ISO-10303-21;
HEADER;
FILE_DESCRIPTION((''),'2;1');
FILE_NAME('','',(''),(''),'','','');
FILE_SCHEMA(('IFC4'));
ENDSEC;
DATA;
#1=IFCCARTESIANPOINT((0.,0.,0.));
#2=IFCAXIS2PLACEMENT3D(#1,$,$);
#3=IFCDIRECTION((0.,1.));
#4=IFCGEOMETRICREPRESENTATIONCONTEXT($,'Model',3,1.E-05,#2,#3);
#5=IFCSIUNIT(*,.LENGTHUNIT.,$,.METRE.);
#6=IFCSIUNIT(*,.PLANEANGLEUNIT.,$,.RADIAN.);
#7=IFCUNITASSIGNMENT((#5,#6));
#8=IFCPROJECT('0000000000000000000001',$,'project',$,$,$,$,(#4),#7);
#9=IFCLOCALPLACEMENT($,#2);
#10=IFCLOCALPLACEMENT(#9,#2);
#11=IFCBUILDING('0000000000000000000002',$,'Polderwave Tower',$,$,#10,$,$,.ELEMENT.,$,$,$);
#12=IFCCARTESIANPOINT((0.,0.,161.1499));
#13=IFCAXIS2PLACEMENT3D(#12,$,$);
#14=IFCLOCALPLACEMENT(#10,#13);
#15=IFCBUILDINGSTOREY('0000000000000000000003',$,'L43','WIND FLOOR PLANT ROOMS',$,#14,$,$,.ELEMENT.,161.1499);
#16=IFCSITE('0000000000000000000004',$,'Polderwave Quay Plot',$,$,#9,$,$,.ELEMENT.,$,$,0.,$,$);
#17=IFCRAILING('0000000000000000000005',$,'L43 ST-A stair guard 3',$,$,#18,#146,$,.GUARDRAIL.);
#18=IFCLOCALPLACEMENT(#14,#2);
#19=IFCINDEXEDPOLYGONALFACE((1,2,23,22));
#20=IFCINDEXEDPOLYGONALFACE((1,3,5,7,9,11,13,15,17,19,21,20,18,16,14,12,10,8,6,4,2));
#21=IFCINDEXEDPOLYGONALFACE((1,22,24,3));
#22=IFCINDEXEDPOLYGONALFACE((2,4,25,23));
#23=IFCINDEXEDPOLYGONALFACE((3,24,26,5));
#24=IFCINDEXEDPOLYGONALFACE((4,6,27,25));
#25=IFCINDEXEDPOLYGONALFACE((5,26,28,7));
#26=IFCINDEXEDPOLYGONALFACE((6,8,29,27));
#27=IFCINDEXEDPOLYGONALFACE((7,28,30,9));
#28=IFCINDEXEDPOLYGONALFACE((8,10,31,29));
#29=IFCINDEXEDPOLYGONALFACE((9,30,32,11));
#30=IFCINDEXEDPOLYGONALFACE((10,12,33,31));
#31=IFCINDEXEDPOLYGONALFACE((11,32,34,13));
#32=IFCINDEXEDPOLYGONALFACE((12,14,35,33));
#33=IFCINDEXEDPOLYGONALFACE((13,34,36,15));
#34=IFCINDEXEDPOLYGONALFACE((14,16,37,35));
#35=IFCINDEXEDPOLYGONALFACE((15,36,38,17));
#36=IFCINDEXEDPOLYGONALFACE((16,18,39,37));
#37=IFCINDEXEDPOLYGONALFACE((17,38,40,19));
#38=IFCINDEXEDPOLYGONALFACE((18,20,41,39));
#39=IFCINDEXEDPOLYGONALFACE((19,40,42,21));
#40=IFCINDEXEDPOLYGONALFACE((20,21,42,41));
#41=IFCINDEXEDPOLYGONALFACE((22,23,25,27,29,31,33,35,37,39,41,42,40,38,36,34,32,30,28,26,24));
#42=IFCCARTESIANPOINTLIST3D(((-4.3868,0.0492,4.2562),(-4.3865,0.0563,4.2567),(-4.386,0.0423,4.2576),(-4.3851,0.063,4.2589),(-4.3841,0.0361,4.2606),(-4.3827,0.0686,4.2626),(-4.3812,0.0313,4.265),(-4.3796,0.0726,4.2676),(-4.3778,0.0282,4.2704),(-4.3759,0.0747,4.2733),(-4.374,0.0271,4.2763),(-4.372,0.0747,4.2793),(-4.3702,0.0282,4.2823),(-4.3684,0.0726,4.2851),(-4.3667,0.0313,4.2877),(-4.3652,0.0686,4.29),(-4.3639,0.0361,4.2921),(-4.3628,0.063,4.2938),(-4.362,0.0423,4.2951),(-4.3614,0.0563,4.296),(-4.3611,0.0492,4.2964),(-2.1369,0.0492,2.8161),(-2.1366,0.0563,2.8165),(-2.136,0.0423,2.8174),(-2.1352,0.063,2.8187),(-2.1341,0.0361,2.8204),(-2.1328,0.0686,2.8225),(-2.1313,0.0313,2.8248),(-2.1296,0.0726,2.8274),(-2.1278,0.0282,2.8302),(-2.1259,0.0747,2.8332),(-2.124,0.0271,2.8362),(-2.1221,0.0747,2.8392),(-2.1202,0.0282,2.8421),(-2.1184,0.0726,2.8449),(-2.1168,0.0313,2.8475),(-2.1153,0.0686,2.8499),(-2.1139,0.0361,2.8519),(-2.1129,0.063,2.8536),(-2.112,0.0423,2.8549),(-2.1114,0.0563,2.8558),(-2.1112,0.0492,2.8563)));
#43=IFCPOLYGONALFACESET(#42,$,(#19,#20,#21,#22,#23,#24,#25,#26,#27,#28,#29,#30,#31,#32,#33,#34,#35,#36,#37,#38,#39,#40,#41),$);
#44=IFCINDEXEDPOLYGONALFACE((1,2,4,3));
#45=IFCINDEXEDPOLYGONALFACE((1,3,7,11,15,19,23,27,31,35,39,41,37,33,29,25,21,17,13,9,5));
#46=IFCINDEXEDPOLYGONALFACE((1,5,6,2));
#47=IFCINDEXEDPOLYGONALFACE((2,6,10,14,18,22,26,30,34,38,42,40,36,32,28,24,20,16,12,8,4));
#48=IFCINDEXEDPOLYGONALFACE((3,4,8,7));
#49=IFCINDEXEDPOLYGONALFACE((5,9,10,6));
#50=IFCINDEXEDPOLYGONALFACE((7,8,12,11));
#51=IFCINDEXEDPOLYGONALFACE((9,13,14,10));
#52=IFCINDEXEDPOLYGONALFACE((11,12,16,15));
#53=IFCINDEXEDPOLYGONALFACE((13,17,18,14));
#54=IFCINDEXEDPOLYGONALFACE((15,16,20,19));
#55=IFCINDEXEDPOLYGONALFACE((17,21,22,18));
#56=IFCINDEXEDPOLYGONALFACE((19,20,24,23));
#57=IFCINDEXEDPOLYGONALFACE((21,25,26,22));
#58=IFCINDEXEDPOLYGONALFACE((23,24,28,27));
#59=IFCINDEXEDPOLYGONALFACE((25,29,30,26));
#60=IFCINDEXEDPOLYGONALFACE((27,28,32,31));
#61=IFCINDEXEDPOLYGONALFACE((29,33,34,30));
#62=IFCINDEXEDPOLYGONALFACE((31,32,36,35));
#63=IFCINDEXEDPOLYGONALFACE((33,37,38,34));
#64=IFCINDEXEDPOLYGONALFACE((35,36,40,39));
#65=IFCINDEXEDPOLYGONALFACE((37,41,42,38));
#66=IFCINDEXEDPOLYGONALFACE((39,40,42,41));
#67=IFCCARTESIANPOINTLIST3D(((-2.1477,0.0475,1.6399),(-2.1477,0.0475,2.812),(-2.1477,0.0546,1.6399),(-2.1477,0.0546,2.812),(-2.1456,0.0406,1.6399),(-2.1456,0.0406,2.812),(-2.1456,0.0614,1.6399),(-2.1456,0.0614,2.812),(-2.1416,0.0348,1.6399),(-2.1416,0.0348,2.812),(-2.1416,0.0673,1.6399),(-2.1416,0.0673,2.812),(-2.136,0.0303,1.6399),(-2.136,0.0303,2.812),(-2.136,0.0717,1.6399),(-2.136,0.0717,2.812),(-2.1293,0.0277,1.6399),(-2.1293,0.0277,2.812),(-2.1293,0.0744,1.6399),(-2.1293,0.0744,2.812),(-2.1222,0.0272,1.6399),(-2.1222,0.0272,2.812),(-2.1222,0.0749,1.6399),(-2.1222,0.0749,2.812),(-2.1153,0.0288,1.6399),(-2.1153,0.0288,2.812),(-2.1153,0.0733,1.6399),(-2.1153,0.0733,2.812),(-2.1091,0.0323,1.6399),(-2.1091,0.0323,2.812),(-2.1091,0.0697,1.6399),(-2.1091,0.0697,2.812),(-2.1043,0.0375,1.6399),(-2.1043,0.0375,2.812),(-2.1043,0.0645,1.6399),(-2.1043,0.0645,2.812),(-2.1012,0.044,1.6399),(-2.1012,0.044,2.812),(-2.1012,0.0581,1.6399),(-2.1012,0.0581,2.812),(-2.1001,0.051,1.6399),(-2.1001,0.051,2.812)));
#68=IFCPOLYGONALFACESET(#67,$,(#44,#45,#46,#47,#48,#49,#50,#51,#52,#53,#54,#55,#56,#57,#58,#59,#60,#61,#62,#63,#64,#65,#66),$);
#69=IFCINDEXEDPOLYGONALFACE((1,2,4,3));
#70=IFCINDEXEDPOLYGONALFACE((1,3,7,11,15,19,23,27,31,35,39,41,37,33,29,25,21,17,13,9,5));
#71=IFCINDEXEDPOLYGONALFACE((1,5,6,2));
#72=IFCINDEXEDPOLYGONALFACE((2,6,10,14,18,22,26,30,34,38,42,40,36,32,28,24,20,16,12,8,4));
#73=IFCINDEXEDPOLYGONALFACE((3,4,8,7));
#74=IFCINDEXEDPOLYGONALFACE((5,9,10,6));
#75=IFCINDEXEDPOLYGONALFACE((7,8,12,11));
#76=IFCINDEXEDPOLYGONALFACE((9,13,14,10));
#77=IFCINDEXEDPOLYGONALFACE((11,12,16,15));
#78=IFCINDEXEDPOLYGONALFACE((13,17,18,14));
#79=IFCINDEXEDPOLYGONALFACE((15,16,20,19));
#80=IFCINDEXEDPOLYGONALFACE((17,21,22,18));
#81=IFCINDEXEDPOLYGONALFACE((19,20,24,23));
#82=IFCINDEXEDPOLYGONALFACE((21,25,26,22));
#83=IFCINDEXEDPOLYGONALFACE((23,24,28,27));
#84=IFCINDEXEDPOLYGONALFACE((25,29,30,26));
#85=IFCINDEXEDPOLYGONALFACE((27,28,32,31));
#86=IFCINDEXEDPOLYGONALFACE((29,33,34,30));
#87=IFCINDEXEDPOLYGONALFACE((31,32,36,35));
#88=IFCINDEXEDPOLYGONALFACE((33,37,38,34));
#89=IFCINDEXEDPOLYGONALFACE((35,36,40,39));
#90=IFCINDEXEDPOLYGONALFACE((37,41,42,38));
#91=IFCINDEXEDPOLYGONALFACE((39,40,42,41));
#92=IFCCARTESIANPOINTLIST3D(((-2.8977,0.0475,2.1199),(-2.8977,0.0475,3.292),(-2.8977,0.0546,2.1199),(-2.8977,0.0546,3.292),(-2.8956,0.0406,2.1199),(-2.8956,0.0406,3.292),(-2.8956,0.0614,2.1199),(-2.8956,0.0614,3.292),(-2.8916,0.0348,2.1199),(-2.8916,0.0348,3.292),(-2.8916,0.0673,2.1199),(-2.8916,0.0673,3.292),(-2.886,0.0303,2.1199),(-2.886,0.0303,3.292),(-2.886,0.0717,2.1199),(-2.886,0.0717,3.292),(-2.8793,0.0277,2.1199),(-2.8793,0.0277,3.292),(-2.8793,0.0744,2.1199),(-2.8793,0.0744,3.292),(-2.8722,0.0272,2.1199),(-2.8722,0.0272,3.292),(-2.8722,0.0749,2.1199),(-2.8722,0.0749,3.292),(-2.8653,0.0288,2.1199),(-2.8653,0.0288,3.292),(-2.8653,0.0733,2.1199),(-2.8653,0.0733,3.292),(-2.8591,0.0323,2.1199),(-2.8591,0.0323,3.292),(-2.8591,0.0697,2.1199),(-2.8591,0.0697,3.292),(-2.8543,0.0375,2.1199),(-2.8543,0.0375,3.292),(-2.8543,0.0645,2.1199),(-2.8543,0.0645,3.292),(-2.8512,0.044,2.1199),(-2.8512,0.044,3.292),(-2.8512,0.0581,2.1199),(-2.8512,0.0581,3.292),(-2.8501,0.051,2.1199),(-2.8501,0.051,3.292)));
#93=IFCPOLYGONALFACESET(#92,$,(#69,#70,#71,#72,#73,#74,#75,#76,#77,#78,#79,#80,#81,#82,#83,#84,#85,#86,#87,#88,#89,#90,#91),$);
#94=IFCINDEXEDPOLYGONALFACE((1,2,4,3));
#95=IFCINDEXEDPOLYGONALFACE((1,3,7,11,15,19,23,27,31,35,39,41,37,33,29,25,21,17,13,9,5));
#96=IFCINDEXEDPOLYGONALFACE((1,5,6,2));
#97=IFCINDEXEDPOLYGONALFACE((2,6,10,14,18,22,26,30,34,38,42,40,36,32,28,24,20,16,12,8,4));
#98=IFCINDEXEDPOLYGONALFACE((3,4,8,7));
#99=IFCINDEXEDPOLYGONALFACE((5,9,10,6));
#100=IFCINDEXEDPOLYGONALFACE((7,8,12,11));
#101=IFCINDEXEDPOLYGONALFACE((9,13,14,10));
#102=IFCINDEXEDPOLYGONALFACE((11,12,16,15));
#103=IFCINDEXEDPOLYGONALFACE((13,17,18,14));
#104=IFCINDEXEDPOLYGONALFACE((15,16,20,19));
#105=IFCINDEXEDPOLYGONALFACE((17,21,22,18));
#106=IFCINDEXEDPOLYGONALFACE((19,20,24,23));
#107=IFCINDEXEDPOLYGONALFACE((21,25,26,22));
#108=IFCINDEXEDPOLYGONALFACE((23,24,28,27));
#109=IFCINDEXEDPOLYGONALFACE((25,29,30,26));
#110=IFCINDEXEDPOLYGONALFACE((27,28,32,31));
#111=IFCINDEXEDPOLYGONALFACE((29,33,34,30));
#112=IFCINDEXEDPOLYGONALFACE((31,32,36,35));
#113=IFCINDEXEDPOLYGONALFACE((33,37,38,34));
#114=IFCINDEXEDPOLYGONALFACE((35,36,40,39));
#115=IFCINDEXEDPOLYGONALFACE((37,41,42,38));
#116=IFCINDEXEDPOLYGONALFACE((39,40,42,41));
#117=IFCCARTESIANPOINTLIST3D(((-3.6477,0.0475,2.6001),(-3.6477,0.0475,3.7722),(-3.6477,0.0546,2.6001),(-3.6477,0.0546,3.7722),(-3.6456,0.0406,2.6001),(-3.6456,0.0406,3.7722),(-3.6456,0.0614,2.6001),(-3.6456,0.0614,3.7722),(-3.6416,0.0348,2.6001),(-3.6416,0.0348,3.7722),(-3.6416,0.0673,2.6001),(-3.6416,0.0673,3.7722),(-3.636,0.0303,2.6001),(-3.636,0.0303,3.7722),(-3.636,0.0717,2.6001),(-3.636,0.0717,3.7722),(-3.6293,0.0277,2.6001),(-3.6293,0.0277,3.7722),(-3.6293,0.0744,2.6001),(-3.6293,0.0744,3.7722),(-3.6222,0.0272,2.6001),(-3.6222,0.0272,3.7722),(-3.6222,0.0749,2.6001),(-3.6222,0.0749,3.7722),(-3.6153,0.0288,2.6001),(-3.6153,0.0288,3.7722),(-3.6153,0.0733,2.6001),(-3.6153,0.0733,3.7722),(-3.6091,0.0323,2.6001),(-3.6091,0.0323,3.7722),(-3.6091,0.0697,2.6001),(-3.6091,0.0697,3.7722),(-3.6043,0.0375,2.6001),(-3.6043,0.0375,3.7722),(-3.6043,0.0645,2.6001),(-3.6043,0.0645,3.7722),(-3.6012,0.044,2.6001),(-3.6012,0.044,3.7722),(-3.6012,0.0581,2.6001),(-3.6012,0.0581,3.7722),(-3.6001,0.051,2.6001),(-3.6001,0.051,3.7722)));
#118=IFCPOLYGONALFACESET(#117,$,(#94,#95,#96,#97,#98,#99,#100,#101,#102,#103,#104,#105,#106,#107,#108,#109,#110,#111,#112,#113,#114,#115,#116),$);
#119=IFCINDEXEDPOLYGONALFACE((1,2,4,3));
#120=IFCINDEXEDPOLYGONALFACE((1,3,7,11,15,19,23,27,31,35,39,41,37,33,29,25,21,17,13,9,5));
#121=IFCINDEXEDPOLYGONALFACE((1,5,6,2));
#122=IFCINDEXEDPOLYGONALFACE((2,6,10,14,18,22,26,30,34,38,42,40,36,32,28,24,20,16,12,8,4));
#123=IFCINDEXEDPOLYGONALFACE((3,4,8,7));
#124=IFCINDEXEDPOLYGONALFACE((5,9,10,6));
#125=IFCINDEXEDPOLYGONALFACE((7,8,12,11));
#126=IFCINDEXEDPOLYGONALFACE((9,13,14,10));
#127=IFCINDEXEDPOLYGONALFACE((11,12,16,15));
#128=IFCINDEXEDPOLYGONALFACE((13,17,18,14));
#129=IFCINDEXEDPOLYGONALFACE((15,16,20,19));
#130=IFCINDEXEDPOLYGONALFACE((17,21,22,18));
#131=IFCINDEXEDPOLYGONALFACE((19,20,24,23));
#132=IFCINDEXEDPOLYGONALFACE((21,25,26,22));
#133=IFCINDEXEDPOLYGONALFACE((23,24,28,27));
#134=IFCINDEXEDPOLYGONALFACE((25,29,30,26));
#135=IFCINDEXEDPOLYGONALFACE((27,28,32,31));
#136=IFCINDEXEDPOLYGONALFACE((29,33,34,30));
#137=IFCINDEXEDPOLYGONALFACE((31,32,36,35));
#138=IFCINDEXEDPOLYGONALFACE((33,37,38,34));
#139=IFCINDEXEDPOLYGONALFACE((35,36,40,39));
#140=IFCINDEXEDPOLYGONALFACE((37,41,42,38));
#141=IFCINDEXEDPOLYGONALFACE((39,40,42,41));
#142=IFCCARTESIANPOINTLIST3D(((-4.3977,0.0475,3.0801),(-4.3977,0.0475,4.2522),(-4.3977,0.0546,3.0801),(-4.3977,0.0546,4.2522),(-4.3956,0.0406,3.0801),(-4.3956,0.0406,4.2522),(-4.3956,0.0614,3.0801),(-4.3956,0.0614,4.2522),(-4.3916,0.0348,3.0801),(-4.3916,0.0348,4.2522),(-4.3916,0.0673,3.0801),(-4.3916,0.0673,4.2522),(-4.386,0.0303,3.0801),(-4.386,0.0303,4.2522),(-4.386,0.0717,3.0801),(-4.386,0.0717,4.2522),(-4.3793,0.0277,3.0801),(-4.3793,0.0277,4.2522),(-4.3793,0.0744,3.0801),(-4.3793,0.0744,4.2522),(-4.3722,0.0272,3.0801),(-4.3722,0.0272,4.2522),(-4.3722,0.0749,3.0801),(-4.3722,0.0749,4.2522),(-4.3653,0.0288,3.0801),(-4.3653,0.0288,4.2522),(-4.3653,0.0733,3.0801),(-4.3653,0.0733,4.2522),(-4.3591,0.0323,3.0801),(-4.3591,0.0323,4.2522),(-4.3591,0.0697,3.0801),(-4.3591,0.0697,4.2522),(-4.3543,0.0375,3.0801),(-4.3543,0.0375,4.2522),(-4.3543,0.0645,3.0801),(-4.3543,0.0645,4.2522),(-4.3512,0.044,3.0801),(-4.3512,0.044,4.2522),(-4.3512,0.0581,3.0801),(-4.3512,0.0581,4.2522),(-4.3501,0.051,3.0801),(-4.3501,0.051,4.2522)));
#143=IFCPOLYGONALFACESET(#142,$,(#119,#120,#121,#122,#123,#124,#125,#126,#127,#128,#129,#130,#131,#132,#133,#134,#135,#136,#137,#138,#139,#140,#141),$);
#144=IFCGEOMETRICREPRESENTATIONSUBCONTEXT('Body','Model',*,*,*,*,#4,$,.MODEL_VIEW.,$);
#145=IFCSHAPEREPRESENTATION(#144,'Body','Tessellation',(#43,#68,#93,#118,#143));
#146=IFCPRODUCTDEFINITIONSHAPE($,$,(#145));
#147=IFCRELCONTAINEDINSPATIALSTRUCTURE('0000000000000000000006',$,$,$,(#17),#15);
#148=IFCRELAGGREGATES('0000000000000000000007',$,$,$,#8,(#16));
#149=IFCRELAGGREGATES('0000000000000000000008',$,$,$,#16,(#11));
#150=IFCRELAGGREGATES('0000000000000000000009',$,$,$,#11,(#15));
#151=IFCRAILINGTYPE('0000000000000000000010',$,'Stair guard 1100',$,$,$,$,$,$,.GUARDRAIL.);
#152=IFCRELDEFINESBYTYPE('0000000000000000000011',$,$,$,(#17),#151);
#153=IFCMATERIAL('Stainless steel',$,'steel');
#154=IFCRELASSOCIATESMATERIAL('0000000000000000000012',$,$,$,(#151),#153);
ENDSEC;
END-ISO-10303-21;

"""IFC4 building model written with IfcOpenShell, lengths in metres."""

from ifc_helpers import new_model, si_unit, direction, frame, origin, origin_2d, place, context, subcontext, project, spatial, circle, extrude, material, type_object, element, save


model = new_model("IFC4")

# Units and contexts
model_context = context("Model", 3, precision=1e-05, world=origin(), true_north=direction((0.0, 1.0)))
body_context = subcontext(model_context, "Body", "Model", "MODEL_VIEW")
ifc_project = project(units=[si_unit("LENGTHUNIT", "METRE"), si_unit("PLANEANGLEUNIT", "RADIAN")], contexts=[model_context])

# Site, building, storey
site_placement = place(None, origin())
site = spatial("IfcSite", under=ifc_project, at=site_placement, Name="Polderwave Quay Plot", CompositionType="ELEMENT", RefElevation=0.0)
building_placement = place(site_placement, origin())
building = spatial("IfcBuilding", under=site, at=building_placement, Name="Polderwave Tower", CompositionType="ELEMENT")
storey_placement = place(building_placement, frame((0.0, 0.0, 161.1499)))
storey = spatial("IfcBuildingStorey", under=building, at=storey_placement, Name="L43", Description="WIND FLOOR PLANT ROOMS", CompositionType="ELEMENT", Elevation=161.1499)

# Railing
ifc_material_1 = material(Name="Stainless steel", Category="steel")
railing_type_1 = type_object("IfcRailingType", Name="Stair guard 1100", PredefinedType="GUARDRAIL", material=ifc_material_1)
railing_1_placement = place(storey_placement, frame((-2.124, 0.051, 1.6399)))
element("IfcRailing", 1, at=railing_1_placement, inside=storey, type_object=railing_type_1, Name="L43 ST-A stair guard 3", PredefinedType="GUARDRAIL", context=body_context, shape_type="SweptSolid", body=[
    extrude(circle(Radius=0.0239, at=origin_2d()), frame((0.0, 0.0, 1.1963), z_axis=(-0.84224, 0.0, 0.539103), x_axis=(0.0, -1.0, 0.0)), (0.0, 0.0, 1.0), 2.6714),
    extrude(circle(Radius=0.0239, at=origin_2d()), origin(), (0.0, 0.0, 1.0), 1.1721),
    extrude(circle(Radius=0.0239, at=origin_2d()), frame((-0.75, 0.0, 0.48)), (0.0, 0.0, 1.0), 1.1721),
    extrude(circle(Radius=0.0239, at=origin_2d()), frame((-1.5, 0.0, 0.9602)), (0.0, 0.0, 1.0), 1.1721),
    extrude(circle(Radius=0.0239, at=origin_2d()), frame((-2.25, 0.0, 1.4402)), (0.0, 0.0, 1.0), 1.1721),
])

save(model, "model.ifc")
